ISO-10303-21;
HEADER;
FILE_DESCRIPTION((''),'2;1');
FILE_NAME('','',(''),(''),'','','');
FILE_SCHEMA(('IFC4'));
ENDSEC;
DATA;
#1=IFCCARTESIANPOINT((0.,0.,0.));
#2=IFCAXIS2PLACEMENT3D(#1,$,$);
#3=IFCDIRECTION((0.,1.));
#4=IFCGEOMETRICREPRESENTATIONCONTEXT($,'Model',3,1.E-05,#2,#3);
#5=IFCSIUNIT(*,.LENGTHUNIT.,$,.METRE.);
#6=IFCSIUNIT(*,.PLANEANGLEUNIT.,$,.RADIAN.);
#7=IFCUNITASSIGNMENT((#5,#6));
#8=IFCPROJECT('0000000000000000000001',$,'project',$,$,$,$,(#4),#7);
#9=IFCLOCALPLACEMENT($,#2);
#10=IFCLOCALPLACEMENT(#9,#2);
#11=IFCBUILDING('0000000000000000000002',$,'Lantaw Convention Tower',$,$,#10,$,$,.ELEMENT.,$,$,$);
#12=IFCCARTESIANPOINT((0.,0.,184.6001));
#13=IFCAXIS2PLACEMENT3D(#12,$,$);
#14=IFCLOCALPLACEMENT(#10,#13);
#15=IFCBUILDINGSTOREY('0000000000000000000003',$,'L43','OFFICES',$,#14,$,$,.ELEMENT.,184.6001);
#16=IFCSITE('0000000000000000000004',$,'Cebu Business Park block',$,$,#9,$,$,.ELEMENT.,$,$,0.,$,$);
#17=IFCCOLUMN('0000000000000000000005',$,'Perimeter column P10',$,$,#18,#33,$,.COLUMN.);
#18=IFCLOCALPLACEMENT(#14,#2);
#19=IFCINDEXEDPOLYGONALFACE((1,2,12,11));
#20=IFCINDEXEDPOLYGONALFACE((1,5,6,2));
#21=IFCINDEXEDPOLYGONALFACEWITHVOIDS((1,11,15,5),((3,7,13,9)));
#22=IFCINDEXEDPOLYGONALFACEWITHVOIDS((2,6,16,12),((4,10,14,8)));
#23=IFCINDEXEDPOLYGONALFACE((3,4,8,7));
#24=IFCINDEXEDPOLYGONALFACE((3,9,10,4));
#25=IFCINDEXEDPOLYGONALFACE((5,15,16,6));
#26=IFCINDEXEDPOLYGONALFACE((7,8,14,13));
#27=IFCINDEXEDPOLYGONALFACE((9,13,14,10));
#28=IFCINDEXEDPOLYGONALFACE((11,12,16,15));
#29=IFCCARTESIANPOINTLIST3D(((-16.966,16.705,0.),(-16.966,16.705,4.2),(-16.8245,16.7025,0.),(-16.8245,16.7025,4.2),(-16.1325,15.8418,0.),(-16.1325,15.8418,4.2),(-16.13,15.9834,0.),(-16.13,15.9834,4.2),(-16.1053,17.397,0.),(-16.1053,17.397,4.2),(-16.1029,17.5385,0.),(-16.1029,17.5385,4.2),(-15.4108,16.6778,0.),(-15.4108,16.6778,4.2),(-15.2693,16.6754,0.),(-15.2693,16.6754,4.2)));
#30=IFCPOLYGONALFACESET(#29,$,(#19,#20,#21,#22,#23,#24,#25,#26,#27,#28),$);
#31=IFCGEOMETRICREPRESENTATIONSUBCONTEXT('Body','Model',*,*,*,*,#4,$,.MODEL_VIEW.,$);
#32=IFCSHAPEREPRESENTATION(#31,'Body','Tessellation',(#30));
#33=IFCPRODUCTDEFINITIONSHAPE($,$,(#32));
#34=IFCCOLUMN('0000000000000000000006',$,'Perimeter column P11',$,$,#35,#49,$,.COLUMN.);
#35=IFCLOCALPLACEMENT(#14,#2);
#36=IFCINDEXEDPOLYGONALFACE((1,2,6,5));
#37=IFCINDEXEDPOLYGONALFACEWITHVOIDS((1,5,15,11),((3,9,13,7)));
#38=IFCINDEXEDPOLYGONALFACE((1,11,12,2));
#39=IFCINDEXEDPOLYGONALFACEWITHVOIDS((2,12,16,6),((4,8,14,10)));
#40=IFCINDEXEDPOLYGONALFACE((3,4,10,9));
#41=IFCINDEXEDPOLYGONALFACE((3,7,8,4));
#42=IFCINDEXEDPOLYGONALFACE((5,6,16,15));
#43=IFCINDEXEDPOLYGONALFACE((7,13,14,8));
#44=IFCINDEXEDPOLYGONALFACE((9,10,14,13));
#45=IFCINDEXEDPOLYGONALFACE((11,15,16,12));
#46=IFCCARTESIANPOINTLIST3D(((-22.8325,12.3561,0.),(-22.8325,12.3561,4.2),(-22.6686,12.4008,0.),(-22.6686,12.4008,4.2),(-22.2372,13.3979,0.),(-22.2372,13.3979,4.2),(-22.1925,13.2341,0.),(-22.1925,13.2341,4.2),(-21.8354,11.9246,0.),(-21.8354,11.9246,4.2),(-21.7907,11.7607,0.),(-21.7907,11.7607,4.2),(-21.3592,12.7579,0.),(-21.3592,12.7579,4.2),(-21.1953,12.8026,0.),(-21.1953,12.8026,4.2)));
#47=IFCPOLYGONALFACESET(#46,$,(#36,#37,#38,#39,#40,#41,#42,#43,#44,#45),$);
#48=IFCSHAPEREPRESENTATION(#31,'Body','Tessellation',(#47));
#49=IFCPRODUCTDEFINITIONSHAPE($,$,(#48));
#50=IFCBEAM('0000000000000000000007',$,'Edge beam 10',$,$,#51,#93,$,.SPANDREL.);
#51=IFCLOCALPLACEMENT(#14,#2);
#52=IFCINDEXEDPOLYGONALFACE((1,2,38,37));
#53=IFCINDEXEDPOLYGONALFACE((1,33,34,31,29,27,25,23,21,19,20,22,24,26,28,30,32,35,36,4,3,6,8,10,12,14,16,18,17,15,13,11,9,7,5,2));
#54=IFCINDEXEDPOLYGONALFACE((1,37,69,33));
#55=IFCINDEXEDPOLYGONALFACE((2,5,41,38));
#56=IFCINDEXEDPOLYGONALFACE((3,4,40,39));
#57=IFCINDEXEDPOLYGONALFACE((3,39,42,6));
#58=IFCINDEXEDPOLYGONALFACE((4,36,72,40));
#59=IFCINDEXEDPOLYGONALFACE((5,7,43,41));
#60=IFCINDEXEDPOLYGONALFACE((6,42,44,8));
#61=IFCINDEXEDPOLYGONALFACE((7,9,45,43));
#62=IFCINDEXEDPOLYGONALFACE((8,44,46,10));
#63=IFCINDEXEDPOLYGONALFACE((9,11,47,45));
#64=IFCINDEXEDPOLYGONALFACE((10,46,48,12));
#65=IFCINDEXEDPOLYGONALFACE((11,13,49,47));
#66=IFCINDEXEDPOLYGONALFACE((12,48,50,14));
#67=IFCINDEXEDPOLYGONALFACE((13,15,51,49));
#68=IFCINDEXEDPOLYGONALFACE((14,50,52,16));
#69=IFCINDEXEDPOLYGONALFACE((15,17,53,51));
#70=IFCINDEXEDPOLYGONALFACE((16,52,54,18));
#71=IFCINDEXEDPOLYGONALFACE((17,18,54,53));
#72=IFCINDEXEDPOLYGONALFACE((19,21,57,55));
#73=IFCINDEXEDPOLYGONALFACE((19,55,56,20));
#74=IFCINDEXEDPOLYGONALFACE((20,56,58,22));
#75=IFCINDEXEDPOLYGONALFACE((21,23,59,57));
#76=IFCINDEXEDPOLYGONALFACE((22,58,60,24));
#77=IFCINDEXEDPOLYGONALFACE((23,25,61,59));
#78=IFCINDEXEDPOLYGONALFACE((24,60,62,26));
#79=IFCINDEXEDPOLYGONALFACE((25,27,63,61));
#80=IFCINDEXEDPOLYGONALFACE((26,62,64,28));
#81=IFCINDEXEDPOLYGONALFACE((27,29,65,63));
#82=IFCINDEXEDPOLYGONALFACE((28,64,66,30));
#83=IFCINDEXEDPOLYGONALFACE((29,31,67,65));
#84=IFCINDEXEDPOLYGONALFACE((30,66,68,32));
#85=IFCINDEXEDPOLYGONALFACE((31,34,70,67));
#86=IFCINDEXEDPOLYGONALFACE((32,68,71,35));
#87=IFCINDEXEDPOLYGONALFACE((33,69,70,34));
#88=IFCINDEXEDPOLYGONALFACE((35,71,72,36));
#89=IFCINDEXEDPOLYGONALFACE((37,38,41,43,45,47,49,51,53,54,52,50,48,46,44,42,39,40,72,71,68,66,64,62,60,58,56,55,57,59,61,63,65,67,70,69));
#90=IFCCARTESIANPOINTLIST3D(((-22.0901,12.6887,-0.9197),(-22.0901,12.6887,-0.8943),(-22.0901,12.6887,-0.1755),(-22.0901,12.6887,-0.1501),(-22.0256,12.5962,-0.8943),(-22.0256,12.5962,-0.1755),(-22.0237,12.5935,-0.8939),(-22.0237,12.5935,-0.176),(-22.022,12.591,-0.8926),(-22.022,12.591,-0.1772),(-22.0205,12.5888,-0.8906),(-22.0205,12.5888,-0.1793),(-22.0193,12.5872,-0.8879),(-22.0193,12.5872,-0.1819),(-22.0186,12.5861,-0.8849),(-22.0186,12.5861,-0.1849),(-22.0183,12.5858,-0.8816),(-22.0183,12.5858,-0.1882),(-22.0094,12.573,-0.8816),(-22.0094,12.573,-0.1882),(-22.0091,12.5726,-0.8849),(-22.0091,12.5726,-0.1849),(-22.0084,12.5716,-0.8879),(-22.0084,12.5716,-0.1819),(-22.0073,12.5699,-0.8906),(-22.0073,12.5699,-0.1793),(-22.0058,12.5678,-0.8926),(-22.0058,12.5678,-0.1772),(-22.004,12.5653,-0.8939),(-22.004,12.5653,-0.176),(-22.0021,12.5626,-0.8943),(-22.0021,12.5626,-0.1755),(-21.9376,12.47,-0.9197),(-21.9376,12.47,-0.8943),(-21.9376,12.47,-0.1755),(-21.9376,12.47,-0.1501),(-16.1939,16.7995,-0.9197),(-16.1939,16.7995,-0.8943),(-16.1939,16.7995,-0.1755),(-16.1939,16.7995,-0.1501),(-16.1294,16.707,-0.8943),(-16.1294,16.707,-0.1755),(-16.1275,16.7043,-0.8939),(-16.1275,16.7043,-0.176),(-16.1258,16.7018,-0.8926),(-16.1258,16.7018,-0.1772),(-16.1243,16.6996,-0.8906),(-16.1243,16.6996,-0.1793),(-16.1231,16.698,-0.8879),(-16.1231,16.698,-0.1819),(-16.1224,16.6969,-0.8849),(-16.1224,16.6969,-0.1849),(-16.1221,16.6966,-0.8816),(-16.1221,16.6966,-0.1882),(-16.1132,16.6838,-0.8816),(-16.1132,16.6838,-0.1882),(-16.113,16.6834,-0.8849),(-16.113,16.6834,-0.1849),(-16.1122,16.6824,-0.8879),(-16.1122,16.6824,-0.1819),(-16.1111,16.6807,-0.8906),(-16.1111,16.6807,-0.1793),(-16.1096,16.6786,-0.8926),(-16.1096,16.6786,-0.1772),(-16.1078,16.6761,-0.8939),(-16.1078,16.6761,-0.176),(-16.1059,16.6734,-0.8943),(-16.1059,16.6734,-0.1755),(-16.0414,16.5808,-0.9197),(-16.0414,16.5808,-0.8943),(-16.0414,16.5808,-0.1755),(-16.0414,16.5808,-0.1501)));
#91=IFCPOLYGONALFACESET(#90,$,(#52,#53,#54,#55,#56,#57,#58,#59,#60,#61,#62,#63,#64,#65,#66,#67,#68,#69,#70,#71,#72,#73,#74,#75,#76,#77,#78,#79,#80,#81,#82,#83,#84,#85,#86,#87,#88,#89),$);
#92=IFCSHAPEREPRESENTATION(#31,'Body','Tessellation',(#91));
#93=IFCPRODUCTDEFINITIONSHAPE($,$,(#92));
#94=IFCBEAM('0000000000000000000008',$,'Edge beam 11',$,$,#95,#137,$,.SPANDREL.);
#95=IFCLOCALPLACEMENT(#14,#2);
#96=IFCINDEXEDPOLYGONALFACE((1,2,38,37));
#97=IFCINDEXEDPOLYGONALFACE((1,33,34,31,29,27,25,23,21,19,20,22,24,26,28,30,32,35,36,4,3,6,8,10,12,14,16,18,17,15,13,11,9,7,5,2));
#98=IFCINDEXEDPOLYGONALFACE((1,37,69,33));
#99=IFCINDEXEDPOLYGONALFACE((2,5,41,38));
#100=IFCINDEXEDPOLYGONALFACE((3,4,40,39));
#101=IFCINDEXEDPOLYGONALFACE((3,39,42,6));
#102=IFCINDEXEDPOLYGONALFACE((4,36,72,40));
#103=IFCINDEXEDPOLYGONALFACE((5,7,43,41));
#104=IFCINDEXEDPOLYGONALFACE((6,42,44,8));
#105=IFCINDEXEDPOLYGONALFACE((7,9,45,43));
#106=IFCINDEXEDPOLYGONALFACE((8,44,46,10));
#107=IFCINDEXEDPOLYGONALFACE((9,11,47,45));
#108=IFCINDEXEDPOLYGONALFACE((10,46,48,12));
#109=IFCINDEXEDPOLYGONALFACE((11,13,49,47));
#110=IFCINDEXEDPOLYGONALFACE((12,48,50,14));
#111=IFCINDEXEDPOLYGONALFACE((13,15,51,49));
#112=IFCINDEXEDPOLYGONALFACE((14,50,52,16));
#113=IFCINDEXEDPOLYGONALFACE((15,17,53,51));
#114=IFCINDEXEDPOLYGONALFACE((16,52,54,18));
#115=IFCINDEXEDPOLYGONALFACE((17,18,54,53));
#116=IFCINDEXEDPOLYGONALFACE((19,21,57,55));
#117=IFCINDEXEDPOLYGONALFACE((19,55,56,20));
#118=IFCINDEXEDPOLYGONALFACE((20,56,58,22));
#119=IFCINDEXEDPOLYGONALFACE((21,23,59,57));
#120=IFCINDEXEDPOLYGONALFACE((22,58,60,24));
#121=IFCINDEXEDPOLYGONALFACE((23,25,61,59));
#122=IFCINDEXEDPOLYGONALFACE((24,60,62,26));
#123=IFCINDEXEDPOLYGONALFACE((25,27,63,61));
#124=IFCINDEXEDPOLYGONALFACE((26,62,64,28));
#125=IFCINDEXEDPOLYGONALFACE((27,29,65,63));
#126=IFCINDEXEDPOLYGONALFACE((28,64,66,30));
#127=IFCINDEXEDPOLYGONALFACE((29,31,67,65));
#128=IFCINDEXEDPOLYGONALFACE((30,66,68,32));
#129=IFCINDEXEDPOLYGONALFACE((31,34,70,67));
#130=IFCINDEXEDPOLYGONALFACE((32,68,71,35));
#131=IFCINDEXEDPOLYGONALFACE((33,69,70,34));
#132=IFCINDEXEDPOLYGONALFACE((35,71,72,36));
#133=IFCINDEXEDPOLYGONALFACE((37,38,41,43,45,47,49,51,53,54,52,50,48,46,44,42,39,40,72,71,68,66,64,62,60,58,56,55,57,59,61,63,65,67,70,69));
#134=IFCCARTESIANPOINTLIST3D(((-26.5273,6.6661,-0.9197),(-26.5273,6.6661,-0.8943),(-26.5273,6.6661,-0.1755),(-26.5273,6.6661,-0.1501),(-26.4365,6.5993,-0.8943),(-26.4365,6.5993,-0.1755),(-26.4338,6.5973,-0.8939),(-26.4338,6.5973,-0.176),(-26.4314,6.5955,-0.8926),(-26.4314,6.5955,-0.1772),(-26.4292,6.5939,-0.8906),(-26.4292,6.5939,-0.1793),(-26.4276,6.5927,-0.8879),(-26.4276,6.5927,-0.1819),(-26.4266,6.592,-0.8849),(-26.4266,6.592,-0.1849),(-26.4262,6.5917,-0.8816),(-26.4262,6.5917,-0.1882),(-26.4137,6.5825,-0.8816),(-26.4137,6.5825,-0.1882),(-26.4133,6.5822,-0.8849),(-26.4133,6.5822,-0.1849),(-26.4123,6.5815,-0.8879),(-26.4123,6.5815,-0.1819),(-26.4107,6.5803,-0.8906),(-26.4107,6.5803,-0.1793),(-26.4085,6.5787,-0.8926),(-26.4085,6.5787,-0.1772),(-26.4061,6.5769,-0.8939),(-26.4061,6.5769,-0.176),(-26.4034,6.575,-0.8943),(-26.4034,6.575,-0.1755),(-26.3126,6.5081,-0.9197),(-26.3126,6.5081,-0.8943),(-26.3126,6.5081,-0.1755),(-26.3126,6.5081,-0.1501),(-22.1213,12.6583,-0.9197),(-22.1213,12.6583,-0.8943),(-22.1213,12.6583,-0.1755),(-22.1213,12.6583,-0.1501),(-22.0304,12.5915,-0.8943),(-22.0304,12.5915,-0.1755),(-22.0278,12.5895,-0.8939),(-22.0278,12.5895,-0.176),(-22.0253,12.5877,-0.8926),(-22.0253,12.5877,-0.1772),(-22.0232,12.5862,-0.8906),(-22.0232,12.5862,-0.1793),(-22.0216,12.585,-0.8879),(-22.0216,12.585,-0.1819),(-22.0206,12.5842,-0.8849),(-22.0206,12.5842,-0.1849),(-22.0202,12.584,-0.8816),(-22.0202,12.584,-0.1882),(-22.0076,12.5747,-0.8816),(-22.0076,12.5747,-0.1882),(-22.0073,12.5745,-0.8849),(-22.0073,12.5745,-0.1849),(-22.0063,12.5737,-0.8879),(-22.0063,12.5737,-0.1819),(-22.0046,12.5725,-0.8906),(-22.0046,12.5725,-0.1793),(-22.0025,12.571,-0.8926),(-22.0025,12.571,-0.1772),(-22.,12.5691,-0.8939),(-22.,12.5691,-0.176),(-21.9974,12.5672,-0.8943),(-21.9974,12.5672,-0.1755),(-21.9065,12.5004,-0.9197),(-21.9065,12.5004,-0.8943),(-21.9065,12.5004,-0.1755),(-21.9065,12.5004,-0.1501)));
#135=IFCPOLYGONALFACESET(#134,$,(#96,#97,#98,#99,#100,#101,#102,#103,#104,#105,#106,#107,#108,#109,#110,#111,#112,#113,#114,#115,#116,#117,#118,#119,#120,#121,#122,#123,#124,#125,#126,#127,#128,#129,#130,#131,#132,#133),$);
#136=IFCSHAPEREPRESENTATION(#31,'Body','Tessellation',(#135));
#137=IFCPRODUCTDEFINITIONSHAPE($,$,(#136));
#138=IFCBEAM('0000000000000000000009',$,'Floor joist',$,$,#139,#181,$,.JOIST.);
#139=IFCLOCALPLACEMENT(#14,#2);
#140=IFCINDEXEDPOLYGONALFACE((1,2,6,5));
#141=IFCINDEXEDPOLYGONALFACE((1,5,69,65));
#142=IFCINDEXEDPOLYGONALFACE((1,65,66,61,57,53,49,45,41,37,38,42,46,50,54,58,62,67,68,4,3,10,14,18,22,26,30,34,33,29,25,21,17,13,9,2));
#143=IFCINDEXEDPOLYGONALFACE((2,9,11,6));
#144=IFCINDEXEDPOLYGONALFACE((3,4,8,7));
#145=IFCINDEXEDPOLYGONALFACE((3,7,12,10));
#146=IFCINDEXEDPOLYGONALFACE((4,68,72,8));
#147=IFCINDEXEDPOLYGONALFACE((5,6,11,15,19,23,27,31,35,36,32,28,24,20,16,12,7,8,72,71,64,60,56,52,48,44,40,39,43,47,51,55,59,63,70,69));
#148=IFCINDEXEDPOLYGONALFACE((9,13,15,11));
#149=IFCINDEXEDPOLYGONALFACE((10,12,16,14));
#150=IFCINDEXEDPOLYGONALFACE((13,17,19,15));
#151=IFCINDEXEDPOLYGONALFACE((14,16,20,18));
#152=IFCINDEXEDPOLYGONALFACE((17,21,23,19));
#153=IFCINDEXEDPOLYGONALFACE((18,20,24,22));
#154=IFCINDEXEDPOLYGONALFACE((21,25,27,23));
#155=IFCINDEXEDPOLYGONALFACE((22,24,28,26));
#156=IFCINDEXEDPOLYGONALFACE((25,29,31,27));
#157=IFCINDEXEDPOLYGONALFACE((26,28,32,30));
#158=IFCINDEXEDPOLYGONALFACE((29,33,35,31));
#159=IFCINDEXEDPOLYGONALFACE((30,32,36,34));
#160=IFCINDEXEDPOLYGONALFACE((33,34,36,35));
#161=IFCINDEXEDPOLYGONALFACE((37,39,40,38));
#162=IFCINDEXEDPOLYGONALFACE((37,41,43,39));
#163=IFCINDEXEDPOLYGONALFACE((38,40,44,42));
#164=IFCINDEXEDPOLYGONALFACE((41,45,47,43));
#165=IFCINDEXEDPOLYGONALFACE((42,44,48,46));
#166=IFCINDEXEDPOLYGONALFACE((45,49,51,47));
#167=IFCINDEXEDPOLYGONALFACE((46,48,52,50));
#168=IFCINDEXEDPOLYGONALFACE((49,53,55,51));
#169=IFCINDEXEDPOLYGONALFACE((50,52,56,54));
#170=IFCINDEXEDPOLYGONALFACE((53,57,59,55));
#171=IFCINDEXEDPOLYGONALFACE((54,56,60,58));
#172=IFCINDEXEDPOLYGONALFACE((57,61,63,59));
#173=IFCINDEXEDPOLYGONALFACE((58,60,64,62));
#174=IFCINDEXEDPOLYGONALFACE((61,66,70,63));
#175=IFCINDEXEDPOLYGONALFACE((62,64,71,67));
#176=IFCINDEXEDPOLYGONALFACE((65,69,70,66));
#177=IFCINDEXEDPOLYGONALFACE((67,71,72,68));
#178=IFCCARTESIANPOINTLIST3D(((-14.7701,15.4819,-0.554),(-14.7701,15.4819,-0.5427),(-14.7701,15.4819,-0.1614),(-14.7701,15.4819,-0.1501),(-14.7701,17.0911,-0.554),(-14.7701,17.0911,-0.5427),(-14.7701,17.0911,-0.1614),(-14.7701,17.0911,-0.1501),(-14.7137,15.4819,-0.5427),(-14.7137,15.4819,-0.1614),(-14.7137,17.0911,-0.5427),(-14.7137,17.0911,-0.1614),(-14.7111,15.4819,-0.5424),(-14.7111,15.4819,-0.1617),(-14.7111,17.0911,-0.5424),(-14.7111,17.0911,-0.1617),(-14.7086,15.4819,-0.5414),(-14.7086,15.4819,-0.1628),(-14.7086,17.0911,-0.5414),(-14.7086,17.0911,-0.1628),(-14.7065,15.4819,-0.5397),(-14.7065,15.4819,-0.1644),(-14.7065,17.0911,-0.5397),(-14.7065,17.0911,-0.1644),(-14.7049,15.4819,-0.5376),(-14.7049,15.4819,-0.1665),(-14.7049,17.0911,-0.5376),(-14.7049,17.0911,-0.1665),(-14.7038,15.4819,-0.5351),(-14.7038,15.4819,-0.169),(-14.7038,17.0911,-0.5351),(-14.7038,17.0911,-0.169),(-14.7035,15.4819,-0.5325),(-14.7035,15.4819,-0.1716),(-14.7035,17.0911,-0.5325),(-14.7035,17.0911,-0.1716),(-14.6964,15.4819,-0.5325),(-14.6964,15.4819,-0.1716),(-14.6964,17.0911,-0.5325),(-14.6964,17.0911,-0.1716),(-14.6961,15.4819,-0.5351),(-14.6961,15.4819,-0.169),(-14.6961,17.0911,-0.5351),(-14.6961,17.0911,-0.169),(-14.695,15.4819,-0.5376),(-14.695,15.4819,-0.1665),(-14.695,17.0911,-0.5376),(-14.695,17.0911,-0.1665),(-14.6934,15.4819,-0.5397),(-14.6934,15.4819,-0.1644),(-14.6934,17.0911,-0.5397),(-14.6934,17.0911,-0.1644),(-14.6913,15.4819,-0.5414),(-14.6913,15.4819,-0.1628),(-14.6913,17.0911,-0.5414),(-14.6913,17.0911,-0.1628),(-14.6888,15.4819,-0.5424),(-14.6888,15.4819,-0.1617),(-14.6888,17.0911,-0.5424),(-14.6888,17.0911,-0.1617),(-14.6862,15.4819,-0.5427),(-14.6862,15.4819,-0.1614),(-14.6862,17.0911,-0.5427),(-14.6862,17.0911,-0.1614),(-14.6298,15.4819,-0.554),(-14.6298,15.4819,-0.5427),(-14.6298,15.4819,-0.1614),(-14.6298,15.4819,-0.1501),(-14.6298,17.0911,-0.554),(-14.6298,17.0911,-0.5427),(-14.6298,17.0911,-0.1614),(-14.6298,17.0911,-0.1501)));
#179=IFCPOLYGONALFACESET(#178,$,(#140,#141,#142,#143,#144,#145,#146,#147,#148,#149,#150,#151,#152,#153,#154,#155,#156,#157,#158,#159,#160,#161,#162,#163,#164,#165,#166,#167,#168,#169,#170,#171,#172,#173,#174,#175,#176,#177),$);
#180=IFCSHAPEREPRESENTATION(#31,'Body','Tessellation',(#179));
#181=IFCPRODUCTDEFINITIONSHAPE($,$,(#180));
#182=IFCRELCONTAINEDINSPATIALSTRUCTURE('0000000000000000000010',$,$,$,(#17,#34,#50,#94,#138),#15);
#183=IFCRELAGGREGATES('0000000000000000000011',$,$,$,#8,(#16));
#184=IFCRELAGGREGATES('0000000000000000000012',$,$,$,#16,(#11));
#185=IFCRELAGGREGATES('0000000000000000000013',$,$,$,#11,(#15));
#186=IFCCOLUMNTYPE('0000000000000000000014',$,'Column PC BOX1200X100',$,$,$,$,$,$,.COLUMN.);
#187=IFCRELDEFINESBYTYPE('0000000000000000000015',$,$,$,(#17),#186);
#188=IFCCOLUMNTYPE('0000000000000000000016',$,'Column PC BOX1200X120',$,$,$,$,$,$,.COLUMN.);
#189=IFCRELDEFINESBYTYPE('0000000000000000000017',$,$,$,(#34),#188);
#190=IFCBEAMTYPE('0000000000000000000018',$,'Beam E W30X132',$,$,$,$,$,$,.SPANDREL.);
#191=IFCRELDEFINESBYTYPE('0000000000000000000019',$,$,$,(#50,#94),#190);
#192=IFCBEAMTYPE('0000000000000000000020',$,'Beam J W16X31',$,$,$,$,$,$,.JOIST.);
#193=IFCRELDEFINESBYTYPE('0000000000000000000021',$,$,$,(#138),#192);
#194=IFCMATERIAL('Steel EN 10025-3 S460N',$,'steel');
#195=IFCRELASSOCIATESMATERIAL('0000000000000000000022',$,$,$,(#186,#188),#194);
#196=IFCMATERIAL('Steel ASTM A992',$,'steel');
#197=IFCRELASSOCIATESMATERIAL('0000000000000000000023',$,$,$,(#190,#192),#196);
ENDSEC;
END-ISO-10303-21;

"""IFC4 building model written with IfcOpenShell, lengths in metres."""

from ifc_helpers import new_model, si_unit, direction, frame, origin, origin_2d, place, context, subcontext, project, spatial, rectangle, hollow_rectangle, i_section, extrude, material, material_profile, profile_set, type_object, element, save


model = new_model("IFC4")

# Units and contexts
model_context = context("Model", 3, precision=1e-05, world=origin(), true_north=direction((0.0, 1.0)))
body_context = subcontext(model_context, "Body", "Model", "MODEL_VIEW")
ifc_project = project(units=[si_unit("LENGTHUNIT", "METRE"), si_unit("PLANEANGLEUNIT", "RADIAN")], contexts=[model_context])

# Site, building, storey
site_placement = place(None, origin())
site = spatial("IfcSite", under=ifc_project, at=site_placement, Name="Cebu Business Park block", CompositionType="ELEMENT", RefElevation=0.0)
building_placement = place(site_placement, origin())
building = spatial("IfcBuilding", under=site, at=building_placement, Name="Lantaw Convention Tower", CompositionType="ELEMENT")
storey_placement = place(building_placement, frame((0.0, 0.0, 184.6001)))
storey = spatial("IfcBuildingStorey", under=building, at=storey_placement, Name="L43", Description="OFFICES", CompositionType="ELEMENT", Elevation=184.6001)

# Columns
ifc_material_1 = material(Name="Steel EN 10025-3 S460N", Category="steel")
ifc_material_profile_1 = material_profile(ifc_material_1, hollow_rectangle(XDim=1.2, YDim=1.2, WallThickness=0.1001, at=origin_2d()), Name="BOX1200X100")
ifc_material_2 = material(Name="Concrete C60/75", Category="concrete")
ifc_material_profile_2 = material_profile(ifc_material_2, rectangle(XDim=1.0, YDim=1.0, at=origin_2d()), Name="Concrete fill of BOX1200X100")
ifc_profile_set_1 = profile_set([ifc_material_profile_1, ifc_material_profile_2], Name="Steel EN 10025-3 S460N")
column_type_1 = type_object("IfcColumnType", Name="Column PC BOX1200X100", PredefinedType="COLUMN", material=ifc_profile_set_1)
column_1_placement = place(storey_placement, frame((-16.1177, 16.6902, 0.0), z_axis=(0.0, 0.0, 1.0), x_axis=(0.71934, 0.694658, 0.0)))
element("IfcColumn", 1, at=column_1_placement, inside=storey, type_object=column_type_1, Name="Perimeter column P10", PredefinedType="COLUMN", context=body_context, shape_type="SweptSolid", body=[
    extrude(hollow_rectangle(XDim=1.2, YDim=1.2, WallThickness=0.1001, at=origin_2d()), origin(), (0.0, 0.0, 1.0), 4.2),
])
ifc_material_profile_3 = material_profile(ifc_material_1, hollow_rectangle(XDim=1.2, YDim=1.2, WallThickness=0.1201, at=origin_2d()), Name="BOX1200X120")
ifc_material_profile_4 = material_profile(ifc_material_2, rectangle(XDim=0.96, YDim=0.96, at=origin_2d()), Name="Concrete fill of BOX1200X120")
ifc_profile_set_2 = profile_set([ifc_material_profile_3, ifc_material_profile_4], Name="Steel EN 10025-3 S460N")
column_type_2 = type_object("IfcColumnType", Name="Column PC BOX1200X120", PredefinedType="COLUMN", material=ifc_profile_set_2)
column_2_placement = place(storey_placement, frame((-22.0139, 12.5793, 0.0), z_axis=(0.0, 0.0, 1.0), x_axis=(0.496139, 0.868243, 0.0)))
element("IfcColumn", 2, at=column_2_placement, inside=storey, type_object=column_type_2, Name="Perimeter column P11", PredefinedType="COLUMN", context=body_context, shape_type="SweptSolid", body=[
    extrude(hollow_rectangle(XDim=1.2, YDim=1.2, WallThickness=0.1201, at=origin_2d()), origin(), (0.0, 0.0, 1.0), 4.2),
])

# Beams
ifc_material_3 = material(Name="Steel ASTM A992", Category="steel")
ifc_material_profile_5 = material_profile(ifc_material_3, i_section(OverallWidth=0.2666, OverallDepth=0.7695, WebThickness=0.0156, FlangeThickness=0.0254, FilletRadius=0.0127, at=origin_2d()), Name="W30X132")
ifc_profile_set_3 = profile_set([ifc_material_profile_5], Name="Steel ASTM A992")
beam_type_1 = type_object("IfcBeamType", Name="Beam E W30X132", PredefinedType="SPANDREL", material=ifc_profile_set_3)
beam_1_placement = place(storey_placement, frame((-16.1177, 16.6902, -0.5349), z_axis=(-0.820311, -0.571918, 0.0), x_axis=(0.571918, -0.820311, 0.0)))
element("IfcBeam", 3, at=beam_1_placement, inside=storey, type_object=beam_type_1, Name="Edge beam 10", PredefinedType="SPANDREL", context=body_context, shape_type="SweptSolid", body=[
    extrude(i_section(OverallWidth=0.2666, OverallDepth=0.7695, WebThickness=0.0156, FlangeThickness=0.0254, FilletRadius=0.0127, at=origin_2d()), origin(), (0.0, 0.0, 1.0), 7.1877),
])
beam_2_placement = place(storey_placement, frame((-22.0139, 12.5793, -0.5349), z_axis=(-0.592389, -0.805652, 0.0), x_axis=(0.805652, -0.592389, 0.0)))
element("IfcBeam", 4, at=beam_2_placement, inside=storey, type_object=beam_type_1, Name="Edge beam 11", PredefinedType="SPANDREL", context=body_context, shape_type="SweptSolid", body=[
    extrude(i_section(OverallWidth=0.2666, OverallDepth=0.7695, WebThickness=0.0156, FlangeThickness=0.0254, FilletRadius=0.0127, at=origin_2d()), origin(), (0.0, 0.0, 1.0), 7.4377),
])
ifc_material_profile_6 = material_profile(ifc_material_3, i_section(OverallWidth=0.1404, OverallDepth=0.4038, WebThickness=0.0071, FlangeThickness=0.0112, FilletRadius=0.0103, at=origin_2d()), Name="W16X31")
ifc_profile_set_4 = profile_set([ifc_material_profile_6], Name="Steel ASTM A992")
beam_type_2 = type_object("IfcBeamType", Name="Beam J W16X31", PredefinedType="JOIST", material=ifc_profile_set_4)
beam_3_placement = place(storey_placement, frame((-14.7, 15.4819, -0.3521), z_axis=(0.0, 1.0, 0.0), x_axis=(-1.0, 0.0, 0.0)))
element("IfcBeam", 5, at=beam_3_placement, inside=storey, type_object=beam_type_2, Name="Floor joist", PredefinedType="JOIST", context=body_context, shape_type="SweptSolid", body=[
    extrude(i_section(OverallWidth=0.1404, OverallDepth=0.4038, WebThickness=0.0071, FlangeThickness=0.0112, FilletRadius=0.0103, at=origin_2d()), origin(), (0.0, 0.0, 1.0), 1.6091),
])

save(model, "model.ifc")
